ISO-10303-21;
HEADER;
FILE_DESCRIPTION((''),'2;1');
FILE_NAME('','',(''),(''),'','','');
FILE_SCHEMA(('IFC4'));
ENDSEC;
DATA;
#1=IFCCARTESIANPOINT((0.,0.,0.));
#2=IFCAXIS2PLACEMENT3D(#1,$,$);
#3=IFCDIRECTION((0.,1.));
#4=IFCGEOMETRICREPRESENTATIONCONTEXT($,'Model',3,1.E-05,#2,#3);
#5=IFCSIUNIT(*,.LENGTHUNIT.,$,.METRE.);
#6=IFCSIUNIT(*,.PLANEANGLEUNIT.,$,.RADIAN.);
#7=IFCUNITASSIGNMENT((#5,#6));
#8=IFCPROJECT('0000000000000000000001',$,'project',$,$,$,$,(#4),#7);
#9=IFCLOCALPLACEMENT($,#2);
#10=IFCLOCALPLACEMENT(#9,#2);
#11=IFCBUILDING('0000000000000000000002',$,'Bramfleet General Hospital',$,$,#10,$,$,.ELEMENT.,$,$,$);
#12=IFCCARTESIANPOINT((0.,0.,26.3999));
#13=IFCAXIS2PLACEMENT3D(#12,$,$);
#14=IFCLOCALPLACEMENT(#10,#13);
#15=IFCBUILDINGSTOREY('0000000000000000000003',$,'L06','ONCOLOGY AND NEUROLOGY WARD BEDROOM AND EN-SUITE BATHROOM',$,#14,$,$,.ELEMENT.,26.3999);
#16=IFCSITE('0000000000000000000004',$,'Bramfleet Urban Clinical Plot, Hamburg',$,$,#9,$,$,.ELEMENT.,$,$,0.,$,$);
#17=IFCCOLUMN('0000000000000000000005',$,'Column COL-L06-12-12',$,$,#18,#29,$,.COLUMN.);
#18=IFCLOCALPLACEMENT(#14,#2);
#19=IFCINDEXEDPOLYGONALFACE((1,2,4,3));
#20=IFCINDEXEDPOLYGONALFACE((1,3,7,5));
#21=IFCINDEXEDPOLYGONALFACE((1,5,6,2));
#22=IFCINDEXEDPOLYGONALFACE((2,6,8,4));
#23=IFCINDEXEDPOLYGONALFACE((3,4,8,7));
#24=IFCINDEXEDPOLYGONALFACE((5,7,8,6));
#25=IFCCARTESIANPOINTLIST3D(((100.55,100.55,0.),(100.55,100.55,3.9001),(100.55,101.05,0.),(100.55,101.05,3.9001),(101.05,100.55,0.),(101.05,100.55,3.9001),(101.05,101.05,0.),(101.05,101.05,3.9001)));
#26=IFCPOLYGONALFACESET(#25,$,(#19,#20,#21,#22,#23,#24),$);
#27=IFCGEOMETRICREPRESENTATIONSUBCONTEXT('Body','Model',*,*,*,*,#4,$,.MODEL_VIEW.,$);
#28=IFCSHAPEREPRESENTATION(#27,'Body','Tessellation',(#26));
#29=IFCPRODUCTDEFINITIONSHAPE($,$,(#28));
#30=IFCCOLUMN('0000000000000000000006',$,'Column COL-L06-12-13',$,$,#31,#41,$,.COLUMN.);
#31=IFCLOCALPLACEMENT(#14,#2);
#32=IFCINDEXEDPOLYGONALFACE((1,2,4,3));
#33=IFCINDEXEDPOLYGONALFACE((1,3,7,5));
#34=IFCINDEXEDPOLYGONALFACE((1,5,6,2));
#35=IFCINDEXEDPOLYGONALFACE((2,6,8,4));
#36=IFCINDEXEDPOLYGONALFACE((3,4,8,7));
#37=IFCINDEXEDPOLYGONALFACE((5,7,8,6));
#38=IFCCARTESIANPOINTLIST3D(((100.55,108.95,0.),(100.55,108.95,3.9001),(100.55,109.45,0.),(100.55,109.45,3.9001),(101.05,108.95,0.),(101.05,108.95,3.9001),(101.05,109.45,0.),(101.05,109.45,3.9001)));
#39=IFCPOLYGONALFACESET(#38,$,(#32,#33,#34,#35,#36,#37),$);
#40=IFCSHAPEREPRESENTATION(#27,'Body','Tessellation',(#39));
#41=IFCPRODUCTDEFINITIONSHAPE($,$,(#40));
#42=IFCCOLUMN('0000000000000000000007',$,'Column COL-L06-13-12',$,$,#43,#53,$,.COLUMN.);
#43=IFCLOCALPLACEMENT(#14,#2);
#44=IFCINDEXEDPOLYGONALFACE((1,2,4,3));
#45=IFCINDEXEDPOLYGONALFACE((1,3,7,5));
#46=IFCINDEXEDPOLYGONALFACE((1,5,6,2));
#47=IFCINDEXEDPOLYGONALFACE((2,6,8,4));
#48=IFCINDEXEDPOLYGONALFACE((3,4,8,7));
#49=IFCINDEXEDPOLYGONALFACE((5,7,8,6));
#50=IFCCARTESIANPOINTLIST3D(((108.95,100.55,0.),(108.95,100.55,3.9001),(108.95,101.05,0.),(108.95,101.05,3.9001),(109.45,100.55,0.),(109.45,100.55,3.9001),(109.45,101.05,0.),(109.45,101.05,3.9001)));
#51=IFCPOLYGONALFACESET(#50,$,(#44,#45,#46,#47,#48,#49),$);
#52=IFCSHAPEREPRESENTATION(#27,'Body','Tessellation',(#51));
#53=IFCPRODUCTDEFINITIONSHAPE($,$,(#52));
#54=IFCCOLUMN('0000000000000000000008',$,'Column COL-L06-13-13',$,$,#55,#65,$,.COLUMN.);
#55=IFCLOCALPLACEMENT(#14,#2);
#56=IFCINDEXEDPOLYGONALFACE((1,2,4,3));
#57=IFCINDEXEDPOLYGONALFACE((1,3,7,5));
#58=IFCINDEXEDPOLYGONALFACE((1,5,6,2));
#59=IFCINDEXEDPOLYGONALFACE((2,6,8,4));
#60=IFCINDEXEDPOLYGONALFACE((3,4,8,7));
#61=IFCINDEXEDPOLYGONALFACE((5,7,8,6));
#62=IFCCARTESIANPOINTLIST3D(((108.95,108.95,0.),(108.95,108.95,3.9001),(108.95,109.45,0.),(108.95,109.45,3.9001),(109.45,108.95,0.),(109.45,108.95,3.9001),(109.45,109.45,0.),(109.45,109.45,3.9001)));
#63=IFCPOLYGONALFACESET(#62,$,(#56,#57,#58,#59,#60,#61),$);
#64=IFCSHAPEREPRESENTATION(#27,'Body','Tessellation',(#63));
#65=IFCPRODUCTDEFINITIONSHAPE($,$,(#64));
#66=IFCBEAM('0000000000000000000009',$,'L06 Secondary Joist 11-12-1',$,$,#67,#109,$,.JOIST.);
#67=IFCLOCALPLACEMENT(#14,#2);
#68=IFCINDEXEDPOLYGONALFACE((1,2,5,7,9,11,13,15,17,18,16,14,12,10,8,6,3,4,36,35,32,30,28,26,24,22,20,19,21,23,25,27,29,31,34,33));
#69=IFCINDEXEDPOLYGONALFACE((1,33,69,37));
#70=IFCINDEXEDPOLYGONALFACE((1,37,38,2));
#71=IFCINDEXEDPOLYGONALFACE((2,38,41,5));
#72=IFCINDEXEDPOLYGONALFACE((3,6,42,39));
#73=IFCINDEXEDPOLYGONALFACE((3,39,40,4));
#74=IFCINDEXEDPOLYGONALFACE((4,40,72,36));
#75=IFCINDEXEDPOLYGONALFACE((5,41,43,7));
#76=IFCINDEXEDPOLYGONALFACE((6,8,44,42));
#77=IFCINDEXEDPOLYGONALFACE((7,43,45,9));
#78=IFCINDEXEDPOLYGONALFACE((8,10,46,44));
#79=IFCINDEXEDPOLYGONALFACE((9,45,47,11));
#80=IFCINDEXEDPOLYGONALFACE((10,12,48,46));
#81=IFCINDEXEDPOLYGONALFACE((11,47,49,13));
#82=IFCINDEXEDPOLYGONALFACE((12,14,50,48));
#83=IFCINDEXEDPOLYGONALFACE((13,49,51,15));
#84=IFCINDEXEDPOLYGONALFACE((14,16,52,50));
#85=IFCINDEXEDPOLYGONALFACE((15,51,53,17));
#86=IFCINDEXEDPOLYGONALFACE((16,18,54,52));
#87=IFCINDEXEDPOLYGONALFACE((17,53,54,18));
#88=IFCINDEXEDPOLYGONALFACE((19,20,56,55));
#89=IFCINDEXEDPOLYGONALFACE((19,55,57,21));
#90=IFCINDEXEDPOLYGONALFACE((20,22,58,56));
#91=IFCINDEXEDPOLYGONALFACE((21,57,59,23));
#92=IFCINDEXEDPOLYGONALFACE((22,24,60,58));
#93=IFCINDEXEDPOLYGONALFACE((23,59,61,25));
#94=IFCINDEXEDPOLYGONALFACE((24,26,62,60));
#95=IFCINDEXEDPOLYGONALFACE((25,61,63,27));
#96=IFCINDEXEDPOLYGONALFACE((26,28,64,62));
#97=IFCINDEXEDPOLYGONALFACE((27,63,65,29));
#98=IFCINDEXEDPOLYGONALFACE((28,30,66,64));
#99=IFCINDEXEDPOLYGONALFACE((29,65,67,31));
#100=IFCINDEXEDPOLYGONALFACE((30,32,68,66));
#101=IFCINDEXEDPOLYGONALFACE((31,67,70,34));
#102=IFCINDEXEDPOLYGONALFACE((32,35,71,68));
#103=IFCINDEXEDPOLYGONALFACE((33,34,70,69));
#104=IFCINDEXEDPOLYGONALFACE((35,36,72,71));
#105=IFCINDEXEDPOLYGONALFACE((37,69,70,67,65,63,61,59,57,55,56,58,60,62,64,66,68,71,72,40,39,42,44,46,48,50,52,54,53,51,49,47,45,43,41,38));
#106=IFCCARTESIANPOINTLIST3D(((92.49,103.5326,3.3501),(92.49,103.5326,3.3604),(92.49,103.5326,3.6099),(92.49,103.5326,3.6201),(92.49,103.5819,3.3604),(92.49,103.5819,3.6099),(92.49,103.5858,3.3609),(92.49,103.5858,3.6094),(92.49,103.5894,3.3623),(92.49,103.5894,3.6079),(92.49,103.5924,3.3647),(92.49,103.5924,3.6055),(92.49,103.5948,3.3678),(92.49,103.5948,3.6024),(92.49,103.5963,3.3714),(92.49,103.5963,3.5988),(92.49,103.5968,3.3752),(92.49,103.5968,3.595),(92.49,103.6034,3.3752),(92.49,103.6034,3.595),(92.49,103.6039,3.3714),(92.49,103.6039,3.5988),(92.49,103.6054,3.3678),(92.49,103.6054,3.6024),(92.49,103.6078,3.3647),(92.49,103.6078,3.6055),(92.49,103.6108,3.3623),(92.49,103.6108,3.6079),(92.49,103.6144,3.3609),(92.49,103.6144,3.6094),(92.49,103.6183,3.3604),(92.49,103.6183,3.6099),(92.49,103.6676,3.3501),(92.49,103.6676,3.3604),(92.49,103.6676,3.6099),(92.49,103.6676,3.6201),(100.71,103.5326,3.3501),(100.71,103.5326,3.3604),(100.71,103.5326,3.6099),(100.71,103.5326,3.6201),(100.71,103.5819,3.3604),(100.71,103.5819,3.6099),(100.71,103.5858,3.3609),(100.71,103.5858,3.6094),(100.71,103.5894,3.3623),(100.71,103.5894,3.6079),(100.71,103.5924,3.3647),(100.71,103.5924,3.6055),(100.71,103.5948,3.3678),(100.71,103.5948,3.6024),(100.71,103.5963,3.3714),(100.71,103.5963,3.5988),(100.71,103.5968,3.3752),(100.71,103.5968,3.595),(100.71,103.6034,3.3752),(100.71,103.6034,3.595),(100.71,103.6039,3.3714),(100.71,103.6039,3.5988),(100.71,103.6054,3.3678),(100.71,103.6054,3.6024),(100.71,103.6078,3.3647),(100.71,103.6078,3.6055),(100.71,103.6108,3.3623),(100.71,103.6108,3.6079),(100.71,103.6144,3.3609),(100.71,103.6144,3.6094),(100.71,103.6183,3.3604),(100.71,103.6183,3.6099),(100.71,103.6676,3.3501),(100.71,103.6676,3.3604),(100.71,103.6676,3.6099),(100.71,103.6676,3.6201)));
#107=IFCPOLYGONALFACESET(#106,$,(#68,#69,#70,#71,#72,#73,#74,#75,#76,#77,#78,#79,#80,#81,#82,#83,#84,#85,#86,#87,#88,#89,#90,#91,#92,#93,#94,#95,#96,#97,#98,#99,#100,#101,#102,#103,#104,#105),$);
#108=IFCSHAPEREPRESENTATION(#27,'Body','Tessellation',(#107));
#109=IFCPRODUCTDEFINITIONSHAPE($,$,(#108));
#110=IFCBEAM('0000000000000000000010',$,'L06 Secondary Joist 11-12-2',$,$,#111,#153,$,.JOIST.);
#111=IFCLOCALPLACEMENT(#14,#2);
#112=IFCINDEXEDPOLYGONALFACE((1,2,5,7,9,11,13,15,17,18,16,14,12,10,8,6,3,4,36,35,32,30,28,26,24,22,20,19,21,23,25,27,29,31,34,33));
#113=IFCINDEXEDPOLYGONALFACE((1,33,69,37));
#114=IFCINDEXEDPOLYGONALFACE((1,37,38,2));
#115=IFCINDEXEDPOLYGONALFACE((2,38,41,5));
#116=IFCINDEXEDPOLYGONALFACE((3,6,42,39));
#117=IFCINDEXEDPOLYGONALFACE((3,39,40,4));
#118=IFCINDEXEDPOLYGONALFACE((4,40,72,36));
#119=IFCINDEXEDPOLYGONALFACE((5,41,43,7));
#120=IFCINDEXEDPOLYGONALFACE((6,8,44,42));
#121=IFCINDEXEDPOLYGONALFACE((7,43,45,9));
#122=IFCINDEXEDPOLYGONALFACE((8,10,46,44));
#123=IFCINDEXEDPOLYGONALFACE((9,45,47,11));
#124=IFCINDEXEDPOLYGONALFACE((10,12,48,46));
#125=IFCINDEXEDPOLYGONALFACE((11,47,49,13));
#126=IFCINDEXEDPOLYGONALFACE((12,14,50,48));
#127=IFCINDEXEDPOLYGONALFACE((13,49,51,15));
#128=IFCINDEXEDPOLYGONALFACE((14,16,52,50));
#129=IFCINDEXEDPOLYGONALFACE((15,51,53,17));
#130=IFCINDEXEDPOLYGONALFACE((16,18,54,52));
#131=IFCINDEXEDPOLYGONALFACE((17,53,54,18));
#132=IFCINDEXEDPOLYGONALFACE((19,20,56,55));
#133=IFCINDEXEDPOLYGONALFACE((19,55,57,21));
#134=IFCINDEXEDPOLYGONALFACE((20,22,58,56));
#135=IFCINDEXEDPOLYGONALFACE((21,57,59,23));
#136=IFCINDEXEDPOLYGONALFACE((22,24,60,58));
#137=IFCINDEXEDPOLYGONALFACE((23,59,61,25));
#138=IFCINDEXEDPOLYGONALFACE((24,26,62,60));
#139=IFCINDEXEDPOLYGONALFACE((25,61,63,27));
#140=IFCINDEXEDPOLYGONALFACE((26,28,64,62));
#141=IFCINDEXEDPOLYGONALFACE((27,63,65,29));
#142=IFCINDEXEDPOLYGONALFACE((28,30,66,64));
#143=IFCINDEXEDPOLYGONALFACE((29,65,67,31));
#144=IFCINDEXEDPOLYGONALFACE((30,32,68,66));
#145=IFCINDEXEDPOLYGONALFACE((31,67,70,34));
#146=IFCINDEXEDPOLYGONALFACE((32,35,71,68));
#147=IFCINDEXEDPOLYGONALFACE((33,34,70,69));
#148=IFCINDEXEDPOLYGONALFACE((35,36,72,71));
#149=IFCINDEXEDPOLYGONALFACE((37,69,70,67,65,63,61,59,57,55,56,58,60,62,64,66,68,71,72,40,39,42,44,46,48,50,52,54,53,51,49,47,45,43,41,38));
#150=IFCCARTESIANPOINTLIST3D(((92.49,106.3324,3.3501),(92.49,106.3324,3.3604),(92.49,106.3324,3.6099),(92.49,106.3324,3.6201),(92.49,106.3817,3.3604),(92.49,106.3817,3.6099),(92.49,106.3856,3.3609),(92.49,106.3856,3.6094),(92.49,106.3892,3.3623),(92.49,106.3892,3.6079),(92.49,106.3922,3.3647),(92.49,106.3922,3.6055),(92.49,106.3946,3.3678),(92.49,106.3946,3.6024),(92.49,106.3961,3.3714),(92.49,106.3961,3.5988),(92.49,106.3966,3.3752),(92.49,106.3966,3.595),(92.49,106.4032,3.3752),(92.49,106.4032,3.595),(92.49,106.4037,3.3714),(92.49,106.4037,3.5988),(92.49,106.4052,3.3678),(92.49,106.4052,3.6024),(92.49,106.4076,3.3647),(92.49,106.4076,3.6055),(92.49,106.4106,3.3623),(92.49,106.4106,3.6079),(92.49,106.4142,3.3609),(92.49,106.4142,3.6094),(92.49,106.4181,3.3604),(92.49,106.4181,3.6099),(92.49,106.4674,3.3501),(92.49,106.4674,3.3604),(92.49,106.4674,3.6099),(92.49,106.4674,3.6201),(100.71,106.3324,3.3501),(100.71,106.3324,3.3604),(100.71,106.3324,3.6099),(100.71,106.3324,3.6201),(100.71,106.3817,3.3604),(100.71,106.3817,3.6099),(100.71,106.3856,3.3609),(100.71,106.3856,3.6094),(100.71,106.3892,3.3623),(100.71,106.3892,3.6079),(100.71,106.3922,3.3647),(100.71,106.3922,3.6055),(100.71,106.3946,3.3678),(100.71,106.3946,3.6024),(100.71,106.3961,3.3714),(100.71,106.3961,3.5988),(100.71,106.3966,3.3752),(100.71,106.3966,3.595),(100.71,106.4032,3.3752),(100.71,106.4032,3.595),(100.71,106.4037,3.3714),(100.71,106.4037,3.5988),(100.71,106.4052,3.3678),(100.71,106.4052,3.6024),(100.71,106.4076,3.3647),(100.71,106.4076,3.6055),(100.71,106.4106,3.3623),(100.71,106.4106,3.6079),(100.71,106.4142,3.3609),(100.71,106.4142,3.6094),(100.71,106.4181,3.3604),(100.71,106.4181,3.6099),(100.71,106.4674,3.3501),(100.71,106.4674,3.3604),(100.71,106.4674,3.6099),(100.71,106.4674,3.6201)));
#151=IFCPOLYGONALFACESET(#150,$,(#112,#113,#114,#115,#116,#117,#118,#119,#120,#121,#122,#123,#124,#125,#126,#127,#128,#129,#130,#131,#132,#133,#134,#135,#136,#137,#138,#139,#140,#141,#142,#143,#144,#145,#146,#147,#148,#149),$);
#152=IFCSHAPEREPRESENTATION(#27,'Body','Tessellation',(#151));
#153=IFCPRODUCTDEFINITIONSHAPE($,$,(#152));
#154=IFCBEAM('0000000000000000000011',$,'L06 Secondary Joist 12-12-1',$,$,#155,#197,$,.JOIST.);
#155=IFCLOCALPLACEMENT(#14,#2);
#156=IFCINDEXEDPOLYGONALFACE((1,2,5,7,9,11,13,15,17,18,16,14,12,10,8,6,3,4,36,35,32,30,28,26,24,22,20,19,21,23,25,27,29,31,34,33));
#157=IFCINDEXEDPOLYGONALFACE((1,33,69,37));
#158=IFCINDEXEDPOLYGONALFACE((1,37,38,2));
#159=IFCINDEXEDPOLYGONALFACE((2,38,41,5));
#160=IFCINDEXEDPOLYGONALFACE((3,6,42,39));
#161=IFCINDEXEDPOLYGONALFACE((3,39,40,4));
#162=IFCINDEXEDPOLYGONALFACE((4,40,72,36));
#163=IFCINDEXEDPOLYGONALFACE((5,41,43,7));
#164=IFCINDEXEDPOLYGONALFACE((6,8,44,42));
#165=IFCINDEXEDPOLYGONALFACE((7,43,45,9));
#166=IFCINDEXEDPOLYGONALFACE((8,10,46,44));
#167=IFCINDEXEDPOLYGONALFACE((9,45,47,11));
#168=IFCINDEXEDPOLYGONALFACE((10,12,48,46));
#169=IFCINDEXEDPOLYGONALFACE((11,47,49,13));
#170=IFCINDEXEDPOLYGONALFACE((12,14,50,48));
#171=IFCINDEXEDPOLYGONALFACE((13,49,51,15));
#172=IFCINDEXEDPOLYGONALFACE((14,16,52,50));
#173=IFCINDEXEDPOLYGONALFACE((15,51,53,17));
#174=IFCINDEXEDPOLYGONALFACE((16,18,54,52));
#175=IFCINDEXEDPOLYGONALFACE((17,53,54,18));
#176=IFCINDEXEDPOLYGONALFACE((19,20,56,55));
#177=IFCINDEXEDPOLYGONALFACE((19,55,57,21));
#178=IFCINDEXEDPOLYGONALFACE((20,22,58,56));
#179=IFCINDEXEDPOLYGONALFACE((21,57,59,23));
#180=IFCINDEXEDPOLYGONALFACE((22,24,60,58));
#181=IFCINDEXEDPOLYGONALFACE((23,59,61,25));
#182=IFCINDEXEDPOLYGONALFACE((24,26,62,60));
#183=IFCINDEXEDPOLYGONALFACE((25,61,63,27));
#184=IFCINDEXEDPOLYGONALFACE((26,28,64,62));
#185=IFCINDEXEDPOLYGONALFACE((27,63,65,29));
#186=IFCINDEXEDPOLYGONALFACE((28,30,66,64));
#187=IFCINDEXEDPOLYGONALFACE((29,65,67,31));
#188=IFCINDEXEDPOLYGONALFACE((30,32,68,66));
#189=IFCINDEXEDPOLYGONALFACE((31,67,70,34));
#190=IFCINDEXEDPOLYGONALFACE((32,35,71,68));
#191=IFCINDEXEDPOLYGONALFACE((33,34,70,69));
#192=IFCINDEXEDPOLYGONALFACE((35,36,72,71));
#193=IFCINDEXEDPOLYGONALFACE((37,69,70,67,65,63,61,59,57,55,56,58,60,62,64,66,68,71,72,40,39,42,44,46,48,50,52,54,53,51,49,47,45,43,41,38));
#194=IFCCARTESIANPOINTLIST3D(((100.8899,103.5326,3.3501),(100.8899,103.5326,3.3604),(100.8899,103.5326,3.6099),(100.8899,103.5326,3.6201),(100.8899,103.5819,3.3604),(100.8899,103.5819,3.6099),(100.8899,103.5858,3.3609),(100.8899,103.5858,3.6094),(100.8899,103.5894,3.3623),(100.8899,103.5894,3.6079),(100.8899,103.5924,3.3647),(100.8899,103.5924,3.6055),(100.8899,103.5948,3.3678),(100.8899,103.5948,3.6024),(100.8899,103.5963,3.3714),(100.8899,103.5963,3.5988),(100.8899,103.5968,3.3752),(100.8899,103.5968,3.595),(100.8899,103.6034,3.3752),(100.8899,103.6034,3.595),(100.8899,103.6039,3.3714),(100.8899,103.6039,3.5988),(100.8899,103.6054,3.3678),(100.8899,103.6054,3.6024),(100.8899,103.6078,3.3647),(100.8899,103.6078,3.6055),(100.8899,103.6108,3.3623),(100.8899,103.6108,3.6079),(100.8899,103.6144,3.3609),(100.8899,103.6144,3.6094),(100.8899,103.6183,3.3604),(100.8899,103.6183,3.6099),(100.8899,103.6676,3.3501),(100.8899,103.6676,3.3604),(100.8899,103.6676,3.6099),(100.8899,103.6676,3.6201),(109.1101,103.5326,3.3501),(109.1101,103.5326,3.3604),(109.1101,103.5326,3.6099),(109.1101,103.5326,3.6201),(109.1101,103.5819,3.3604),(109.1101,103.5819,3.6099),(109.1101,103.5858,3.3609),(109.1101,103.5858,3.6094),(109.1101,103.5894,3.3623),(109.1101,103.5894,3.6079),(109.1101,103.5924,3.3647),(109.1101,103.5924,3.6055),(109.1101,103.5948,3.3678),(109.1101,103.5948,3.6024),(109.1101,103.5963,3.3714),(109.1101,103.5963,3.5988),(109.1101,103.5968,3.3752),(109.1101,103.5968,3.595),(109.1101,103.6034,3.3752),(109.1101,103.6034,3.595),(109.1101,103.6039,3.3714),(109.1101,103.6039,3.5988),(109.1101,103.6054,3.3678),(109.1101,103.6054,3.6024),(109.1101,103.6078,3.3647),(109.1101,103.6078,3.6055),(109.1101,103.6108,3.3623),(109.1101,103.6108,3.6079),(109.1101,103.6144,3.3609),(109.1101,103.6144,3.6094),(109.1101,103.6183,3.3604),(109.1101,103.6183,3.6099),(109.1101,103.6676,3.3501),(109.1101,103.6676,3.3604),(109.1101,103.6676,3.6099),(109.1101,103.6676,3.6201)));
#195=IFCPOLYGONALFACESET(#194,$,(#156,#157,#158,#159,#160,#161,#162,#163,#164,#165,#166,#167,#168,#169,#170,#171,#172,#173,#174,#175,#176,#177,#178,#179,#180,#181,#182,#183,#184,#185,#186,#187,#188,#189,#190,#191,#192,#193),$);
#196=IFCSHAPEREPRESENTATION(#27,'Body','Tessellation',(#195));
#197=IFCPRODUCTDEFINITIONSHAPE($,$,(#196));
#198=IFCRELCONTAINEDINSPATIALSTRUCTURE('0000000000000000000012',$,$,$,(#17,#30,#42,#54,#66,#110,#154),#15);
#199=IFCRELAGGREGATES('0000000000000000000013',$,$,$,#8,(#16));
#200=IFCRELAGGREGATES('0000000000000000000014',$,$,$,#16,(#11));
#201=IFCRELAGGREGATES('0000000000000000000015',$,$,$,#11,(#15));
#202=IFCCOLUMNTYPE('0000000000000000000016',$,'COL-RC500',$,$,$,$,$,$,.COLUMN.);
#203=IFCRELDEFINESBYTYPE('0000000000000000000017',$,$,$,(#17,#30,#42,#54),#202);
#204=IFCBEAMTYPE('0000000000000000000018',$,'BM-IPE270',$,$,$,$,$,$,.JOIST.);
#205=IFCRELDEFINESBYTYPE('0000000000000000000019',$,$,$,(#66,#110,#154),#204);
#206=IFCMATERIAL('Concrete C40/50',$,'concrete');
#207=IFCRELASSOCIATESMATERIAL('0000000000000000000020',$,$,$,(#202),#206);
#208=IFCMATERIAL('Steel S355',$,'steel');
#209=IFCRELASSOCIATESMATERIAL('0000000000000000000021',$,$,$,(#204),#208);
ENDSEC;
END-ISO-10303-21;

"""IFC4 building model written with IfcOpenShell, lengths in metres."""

from ifc_helpers import new_model, si_unit, direction, frame, origin, origin_2d, place, context, subcontext, project, spatial, rectangle, i_section, extrude, material, material_profile, profile_set, type_object, element, save


model = new_model("IFC4")

# Units and contexts
model_context = context("Model", 3, precision=1e-05, world=origin(), true_north=direction((0.0, 1.0)))
body_context = subcontext(model_context, "Body", "Model", "MODEL_VIEW")
ifc_project = project(units=[si_unit("LENGTHUNIT", "METRE"), si_unit("PLANEANGLEUNIT", "RADIAN")], contexts=[model_context])

# Site, building, storey
site_placement = place(None, origin())
site = spatial("IfcSite", under=ifc_project, at=site_placement, Name="Bramfleet Urban Clinical Plot, Hamburg", CompositionType="ELEMENT", RefElevation=0.0)
building_placement = place(site_placement, origin())
building = spatial("IfcBuilding", under=site, at=building_placement, Name="Bramfleet General Hospital", CompositionType="ELEMENT")
storey_placement = place(building_placement, frame((0.0, 0.0, 26.3999)))
storey = spatial("IfcBuildingStorey", under=building, at=storey_placement, Name="L06", Description="ONCOLOGY AND NEUROLOGY WARD BEDROOM AND EN-SUITE BATHROOM", CompositionType="ELEMENT", Elevation=26.3999)

# Columns
ifc_material_1 = material(Name="Concrete C40/50", Category="concrete")
ifc_material_profile_1 = material_profile(ifc_material_1, rectangle(XDim=0.5, YDim=0.5, at=origin_2d()), Name="RC COL 500x500")
ifc_profile_set_1 = profile_set([ifc_material_profile_1], Name="Concrete C40/50")
column_type = type_object("IfcColumnType", Name="COL-RC500", PredefinedType="COLUMN", material=ifc_profile_set_1)
for number, where, z_axis, x_axis, name in (
    (1, (100.8, 100.8, 0.0), (0.0, 0.0, 1.0), (1.0, 0.0, 0.0), "Column COL-L06-12-12"),
    (2, (100.8, 109.2, 0.0), (0.0, 0.0, 1.0), (1.0, 0.0, 0.0), "Column COL-L06-12-13"),
    (3, (109.2, 100.8, 0.0), (0.0, 0.0, 1.0), (1.0, 0.0, 0.0), "Column COL-L06-13-12"),
    (4, (109.2, 109.2, 0.0), (0.0, 0.0, 1.0), (1.0, 0.0, 0.0), "Column COL-L06-13-13"),
):
    element("IfcColumn", number, at=place(storey_placement, frame(where, z_axis=z_axis, x_axis=x_axis)), inside=storey, type_object=column_type, Name=name, PredefinedType="COLUMN", context=body_context, shape_type="SweptSolid", body=[
        extrude(rectangle(XDim=0.5, YDim=0.5, at=origin_2d()), origin(), (0.0, 0.0, 1.0), 3.9001),
    ])

# Beams
ifc_material_2 = material(Name="Steel S355", Category="steel")
ifc_material_profile_2 = material_profile(ifc_material_2, i_section(OverallWidth=0.135, OverallDepth=0.27, WebThickness=0.0066, FlangeThickness=0.0103, FilletRadius=0.0149, at=origin_2d()), Name="IPE 270")
ifc_profile_set_2 = profile_set([ifc_material_profile_2], Name="Steel S355")
beam_type_1 = type_object("IfcBeamType", Name="BM-IPE270", PredefinedType="JOIST", material=ifc_profile_set_2)
for number, where, z_axis, x_axis, name in (
    (5, (92.49, 103.6001, 3.4851), (1.0, 0.0, 0.0), (0.0, 1.0, 0.0), "L06 Secondary Joist 11-12-1"),
    (6, (92.49, 106.3999, 3.4851), (1.0, 0.0, 0.0), (0.0, 1.0, 0.0), "L06 Secondary Joist 11-12-2"),
):
    element("IfcBeam", number, at=place(storey_placement, frame(where, z_axis=z_axis, x_axis=x_axis)), inside=storey, type_object=beam_type_1, Name=name, PredefinedType="JOIST", context=body_context, shape_type="SweptSolid", body=[
        extrude(i_section(OverallWidth=0.135, OverallDepth=0.27, WebThickness=0.0066, FlangeThickness=0.0103, FilletRadius=0.0149, at=origin_2d()), origin(), (0.0, 0.0, 1.0), 8.22),
    ])
for number, where, z_axis, x_axis, name in (
    (7, (100.8899, 103.6001, 3.4851), (1.0, 0.0, 0.0), (0.0, 1.0, 0.0), "L06 Secondary Joist 12-12-1"),
):
    element("IfcBeam", number, at=place(storey_placement, frame(where, z_axis=z_axis, x_axis=x_axis)), inside=storey, type_object=beam_type_1, Name=name, PredefinedType="JOIST", context=body_context, shape_type="SweptSolid", body=[
        extrude(i_section(OverallWidth=0.135, OverallDepth=0.27, WebThickness=0.0066, FlangeThickness=0.0103, FilletRadius=0.0149, at=origin_2d()), origin(), (0.0, 0.0, 1.0), 8.2202),
    ])

save(model, "model.ifc")
